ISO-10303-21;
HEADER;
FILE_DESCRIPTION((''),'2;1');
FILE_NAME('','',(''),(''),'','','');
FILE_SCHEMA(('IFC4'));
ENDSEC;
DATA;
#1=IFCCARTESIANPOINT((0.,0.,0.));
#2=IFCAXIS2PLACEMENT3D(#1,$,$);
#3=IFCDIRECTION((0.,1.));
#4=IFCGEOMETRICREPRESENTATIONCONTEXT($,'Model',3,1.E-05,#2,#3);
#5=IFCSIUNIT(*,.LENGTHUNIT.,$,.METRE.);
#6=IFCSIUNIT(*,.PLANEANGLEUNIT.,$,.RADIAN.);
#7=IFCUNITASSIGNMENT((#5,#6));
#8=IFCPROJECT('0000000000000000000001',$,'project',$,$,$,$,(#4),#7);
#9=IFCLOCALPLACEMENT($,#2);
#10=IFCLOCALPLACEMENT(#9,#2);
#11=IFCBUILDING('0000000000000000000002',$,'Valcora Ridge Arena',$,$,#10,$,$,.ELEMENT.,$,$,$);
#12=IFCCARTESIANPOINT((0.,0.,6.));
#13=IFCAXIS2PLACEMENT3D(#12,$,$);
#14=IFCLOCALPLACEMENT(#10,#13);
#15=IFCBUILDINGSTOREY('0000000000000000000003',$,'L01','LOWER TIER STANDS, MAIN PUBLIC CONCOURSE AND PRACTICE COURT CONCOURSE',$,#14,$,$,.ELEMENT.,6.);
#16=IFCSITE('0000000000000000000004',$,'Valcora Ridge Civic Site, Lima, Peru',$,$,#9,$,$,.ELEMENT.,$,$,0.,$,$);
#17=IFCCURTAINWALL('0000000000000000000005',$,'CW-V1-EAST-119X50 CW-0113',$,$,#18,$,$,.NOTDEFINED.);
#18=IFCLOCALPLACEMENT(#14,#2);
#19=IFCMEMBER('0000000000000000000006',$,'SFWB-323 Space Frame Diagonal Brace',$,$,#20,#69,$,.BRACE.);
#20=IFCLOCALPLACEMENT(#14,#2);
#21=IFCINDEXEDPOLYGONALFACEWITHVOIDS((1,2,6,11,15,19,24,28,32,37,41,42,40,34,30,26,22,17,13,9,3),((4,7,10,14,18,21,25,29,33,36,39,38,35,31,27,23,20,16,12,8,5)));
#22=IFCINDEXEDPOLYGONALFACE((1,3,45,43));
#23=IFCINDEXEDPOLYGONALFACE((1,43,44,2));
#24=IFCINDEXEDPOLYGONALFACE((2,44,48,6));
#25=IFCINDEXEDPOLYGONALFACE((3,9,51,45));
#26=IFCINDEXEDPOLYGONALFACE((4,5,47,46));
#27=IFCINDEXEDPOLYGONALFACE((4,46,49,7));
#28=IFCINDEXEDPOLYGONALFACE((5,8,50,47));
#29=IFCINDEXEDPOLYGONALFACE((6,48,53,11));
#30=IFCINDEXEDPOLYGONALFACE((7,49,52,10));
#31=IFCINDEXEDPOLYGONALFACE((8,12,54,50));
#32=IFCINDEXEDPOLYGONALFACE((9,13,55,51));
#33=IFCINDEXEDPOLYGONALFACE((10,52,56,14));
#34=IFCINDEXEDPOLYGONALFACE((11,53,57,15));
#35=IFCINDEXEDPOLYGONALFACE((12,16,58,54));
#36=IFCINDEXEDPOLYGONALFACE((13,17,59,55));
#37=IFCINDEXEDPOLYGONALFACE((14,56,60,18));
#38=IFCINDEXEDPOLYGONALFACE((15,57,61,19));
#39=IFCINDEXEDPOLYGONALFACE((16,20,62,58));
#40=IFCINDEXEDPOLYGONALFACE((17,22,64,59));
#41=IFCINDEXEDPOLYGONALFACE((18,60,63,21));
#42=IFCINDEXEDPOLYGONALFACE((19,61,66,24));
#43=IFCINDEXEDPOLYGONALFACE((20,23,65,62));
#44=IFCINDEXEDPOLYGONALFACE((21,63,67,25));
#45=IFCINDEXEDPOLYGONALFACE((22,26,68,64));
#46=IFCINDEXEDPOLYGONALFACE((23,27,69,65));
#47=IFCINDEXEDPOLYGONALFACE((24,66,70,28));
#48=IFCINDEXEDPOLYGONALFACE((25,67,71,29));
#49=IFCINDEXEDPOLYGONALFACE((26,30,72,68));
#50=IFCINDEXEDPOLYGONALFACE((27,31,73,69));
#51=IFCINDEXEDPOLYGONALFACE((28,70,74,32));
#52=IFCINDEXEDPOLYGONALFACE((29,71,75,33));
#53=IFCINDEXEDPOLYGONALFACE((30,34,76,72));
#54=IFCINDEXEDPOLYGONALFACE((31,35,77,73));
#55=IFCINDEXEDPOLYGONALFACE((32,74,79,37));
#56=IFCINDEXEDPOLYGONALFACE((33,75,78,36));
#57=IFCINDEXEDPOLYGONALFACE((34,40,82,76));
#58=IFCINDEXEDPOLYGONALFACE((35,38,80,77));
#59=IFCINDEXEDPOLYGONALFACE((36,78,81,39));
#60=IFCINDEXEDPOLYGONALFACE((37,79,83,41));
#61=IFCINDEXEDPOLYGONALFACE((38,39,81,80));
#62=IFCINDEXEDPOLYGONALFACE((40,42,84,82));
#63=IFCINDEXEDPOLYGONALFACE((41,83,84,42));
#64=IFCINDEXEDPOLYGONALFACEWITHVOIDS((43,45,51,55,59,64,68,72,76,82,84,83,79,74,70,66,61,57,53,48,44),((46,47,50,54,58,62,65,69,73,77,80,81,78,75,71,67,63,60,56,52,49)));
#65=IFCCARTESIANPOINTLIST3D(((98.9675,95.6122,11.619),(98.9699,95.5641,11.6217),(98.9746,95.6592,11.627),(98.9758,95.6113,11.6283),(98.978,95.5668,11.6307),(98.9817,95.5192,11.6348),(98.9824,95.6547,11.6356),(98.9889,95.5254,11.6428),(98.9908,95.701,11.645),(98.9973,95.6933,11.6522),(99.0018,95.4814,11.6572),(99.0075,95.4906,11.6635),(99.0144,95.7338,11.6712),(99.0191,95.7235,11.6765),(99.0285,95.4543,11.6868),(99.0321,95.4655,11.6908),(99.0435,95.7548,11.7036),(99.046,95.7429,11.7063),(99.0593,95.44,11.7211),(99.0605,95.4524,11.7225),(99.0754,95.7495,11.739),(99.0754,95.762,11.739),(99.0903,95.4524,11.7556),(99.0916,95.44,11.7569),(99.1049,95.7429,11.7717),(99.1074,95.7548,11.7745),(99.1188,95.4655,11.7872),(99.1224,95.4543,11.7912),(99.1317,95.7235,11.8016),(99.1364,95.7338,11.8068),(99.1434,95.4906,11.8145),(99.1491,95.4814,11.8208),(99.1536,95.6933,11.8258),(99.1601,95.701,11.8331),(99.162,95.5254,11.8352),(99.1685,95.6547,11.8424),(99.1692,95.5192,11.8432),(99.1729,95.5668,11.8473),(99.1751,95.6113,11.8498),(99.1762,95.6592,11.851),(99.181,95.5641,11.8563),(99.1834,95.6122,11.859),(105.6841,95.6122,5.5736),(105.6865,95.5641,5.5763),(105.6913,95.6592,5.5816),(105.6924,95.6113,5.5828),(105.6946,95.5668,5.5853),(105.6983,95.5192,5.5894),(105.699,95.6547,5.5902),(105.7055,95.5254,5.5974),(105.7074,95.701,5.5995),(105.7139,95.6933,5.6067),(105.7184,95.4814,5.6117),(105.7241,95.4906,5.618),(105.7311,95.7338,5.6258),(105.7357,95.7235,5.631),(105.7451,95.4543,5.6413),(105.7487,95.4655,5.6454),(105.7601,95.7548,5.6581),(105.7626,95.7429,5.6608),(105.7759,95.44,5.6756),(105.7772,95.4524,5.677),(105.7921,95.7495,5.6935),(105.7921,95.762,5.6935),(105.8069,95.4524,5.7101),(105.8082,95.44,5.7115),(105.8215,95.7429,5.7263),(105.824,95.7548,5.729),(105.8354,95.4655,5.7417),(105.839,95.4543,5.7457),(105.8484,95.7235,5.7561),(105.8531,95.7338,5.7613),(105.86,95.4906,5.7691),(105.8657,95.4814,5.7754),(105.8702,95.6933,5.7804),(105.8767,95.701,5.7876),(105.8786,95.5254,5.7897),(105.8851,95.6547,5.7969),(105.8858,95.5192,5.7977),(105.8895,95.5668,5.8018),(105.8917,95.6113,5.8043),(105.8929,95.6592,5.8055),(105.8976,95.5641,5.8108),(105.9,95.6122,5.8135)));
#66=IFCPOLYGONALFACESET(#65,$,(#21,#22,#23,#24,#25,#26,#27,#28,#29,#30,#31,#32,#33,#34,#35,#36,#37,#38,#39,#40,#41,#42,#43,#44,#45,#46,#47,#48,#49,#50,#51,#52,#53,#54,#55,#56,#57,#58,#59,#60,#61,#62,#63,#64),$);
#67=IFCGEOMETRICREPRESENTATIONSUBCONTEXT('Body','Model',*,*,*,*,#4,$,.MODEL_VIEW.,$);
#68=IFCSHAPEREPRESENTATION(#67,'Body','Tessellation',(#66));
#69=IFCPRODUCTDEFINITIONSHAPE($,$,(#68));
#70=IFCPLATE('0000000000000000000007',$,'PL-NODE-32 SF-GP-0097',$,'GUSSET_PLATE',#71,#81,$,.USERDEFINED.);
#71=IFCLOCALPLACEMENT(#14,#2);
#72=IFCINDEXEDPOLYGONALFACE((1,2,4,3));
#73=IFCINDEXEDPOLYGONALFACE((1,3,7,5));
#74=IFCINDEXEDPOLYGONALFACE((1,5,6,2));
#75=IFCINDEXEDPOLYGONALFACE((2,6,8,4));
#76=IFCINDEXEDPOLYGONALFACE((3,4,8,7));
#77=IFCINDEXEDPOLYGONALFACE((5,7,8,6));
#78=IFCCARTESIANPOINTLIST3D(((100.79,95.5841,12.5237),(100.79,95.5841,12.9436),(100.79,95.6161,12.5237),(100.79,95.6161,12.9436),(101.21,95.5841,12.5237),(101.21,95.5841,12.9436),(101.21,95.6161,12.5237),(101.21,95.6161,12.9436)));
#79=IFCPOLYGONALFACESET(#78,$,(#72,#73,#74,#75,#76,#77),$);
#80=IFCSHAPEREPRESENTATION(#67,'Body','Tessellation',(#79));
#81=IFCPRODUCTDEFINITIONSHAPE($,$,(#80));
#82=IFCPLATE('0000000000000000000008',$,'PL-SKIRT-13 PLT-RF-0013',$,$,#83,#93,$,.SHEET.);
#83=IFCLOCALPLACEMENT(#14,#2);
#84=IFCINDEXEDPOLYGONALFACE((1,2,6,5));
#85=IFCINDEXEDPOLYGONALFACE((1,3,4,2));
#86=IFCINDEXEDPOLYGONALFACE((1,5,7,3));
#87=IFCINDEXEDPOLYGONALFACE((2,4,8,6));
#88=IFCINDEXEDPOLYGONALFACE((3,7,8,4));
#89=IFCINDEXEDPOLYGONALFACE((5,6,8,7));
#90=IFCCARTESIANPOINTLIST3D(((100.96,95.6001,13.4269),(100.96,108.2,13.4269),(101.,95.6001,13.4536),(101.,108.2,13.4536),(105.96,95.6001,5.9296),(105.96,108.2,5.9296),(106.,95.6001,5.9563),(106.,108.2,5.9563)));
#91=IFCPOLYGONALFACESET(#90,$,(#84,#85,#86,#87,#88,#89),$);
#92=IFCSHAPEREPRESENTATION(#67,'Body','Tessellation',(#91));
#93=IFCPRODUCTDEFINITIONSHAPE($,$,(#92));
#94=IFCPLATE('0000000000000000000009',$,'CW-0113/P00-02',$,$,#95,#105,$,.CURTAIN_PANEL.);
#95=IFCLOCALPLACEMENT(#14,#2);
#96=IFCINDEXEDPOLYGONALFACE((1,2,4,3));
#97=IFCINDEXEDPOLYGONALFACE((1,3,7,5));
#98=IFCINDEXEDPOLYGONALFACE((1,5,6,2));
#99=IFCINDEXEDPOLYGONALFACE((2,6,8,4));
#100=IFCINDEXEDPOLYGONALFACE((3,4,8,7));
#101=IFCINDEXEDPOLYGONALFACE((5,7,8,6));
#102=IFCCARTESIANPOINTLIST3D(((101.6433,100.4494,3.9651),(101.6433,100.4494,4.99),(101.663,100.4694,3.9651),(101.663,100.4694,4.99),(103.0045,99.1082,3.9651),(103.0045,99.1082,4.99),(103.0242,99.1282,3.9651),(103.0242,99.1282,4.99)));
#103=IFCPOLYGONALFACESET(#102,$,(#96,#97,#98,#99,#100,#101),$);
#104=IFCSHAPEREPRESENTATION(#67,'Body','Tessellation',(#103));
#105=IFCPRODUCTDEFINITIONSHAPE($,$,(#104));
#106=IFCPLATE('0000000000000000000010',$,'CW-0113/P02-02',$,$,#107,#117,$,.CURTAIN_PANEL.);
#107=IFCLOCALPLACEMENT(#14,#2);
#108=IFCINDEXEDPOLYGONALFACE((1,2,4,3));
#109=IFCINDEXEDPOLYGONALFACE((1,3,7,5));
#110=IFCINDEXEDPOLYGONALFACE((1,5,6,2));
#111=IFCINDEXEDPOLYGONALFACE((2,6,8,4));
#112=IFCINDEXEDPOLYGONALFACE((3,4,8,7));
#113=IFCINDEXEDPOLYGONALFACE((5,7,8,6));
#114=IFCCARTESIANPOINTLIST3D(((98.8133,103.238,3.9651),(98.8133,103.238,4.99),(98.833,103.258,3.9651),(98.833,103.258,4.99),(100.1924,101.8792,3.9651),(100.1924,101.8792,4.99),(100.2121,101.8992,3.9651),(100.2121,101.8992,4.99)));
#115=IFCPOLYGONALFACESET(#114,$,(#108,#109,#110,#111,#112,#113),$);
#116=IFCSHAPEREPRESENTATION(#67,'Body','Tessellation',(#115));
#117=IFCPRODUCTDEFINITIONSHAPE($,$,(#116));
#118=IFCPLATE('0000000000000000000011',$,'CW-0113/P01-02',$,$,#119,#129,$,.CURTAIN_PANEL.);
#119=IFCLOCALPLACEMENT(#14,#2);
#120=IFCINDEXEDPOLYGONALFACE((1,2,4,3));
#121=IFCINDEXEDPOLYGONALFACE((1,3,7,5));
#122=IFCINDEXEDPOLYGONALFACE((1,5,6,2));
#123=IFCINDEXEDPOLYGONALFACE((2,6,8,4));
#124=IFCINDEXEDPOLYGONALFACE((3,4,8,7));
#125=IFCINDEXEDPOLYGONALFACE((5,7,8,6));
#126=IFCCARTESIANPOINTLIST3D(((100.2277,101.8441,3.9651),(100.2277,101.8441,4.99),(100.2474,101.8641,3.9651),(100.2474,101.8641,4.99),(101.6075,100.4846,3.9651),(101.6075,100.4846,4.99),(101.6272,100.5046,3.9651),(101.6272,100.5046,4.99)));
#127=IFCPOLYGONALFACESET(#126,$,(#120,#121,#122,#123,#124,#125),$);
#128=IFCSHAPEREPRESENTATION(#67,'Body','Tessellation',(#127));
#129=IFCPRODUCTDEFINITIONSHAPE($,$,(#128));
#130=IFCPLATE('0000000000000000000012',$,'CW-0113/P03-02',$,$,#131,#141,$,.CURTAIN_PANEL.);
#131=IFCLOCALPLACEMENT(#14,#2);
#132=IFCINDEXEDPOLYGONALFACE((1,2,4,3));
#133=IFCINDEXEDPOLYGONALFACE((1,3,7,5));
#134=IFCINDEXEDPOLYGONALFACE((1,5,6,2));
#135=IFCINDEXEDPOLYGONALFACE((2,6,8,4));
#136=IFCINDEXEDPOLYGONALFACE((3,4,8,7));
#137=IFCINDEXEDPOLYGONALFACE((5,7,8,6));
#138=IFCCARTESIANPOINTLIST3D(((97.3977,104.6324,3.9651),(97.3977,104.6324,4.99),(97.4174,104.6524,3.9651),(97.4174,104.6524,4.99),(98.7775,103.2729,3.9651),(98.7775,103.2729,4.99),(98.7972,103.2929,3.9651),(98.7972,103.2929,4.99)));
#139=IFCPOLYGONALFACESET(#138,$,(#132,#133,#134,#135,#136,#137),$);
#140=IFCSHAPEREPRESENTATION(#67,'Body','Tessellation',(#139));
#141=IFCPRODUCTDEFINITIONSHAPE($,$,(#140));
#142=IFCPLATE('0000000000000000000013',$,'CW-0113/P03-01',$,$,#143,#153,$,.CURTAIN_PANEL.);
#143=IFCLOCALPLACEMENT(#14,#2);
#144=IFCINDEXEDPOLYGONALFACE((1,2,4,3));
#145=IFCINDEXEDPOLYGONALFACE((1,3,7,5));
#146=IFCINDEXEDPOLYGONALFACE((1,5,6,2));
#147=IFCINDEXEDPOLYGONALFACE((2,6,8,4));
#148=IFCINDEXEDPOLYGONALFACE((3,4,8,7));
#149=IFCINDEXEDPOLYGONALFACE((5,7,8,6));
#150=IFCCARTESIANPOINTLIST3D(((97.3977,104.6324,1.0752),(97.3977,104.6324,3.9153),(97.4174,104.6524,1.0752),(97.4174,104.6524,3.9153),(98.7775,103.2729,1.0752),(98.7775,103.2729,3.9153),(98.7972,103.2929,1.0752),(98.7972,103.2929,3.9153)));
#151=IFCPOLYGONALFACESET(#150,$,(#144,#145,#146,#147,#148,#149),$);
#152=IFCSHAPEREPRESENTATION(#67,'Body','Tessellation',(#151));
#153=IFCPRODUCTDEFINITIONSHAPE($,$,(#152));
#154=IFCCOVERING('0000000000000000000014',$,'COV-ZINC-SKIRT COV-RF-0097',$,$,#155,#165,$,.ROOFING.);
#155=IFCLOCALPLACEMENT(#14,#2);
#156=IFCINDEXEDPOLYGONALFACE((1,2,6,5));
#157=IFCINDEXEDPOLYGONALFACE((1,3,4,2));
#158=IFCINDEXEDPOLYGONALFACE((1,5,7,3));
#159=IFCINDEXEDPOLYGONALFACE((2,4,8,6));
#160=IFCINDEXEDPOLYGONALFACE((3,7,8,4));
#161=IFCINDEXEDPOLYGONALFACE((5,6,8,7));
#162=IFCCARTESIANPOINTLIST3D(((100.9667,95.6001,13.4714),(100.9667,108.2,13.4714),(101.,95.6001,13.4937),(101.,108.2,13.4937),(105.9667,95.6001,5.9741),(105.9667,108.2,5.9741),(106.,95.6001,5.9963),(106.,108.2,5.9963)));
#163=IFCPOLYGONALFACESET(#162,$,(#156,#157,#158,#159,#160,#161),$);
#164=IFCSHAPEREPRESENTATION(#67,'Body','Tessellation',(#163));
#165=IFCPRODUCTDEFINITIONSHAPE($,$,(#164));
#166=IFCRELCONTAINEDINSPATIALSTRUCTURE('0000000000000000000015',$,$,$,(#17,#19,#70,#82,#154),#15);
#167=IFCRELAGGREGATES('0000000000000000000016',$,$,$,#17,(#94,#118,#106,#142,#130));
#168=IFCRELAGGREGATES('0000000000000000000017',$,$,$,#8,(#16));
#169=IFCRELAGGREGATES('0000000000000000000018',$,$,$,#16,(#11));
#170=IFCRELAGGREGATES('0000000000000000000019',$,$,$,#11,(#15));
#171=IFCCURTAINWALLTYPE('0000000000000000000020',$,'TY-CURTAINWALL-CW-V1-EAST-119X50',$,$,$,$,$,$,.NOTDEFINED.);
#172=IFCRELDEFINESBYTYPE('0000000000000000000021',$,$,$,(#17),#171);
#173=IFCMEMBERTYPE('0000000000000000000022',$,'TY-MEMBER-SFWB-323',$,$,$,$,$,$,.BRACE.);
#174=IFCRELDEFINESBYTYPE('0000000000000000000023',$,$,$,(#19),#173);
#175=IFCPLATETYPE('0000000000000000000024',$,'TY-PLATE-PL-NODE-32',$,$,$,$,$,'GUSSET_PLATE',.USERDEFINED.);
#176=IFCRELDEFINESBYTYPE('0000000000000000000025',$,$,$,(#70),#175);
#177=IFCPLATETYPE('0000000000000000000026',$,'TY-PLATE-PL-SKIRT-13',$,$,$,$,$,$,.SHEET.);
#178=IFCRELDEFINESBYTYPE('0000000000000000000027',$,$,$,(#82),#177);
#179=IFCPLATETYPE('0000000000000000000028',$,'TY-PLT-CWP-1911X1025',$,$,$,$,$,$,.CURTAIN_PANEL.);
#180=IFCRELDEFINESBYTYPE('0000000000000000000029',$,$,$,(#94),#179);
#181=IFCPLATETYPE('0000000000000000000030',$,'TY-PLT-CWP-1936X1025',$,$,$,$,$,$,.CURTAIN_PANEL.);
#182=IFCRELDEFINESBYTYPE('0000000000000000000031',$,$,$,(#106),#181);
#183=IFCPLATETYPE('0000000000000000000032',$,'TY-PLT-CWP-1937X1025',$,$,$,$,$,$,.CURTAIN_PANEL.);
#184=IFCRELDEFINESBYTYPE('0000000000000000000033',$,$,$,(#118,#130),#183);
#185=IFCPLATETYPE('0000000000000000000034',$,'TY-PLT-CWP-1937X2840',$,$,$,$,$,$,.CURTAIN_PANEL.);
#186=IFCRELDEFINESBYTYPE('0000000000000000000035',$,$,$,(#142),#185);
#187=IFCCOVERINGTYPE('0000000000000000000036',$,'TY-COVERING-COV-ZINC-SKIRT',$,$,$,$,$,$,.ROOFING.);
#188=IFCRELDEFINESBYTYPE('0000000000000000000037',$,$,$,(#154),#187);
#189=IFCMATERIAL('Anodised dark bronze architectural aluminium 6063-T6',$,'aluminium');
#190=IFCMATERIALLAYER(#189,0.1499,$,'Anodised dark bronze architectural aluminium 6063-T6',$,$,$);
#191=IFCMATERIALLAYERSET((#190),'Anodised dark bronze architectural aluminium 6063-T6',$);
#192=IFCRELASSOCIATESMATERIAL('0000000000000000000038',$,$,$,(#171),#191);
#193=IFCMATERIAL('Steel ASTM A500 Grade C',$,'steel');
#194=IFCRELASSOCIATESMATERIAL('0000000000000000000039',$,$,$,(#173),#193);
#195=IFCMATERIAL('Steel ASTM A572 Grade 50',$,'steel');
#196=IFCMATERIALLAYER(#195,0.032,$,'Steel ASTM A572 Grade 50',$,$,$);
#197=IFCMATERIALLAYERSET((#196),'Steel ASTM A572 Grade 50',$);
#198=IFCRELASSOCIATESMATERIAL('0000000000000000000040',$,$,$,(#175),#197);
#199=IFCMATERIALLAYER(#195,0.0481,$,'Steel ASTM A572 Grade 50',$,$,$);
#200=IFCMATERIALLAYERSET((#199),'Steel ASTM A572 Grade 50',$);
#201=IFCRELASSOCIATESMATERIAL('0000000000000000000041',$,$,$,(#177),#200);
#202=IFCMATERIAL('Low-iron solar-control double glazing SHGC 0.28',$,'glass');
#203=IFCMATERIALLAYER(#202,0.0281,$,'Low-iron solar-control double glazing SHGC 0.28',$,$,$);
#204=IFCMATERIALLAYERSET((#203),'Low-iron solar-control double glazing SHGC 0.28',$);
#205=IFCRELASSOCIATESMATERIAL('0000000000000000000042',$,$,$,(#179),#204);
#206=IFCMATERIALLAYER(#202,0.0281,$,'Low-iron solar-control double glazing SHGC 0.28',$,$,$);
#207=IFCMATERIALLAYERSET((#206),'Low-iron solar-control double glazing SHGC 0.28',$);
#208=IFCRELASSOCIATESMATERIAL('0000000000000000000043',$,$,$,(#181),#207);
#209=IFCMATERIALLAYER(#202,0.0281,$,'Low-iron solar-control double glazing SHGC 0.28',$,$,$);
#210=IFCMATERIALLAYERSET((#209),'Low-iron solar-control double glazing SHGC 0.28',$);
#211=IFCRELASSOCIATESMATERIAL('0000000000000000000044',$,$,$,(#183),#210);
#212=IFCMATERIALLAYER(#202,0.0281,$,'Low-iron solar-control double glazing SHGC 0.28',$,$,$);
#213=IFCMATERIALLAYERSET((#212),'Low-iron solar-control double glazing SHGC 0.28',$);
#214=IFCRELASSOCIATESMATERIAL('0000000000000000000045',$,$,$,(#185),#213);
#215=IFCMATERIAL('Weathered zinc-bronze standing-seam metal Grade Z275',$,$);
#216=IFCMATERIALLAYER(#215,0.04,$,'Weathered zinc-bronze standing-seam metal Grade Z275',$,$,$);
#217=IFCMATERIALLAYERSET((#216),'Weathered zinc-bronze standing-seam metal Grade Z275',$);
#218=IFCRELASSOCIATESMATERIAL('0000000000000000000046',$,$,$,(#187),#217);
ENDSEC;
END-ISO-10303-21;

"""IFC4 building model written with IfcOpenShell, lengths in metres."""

from ifc_helpers import new_model, si_unit, direction, frame, origin, origin_2d, place, context, subcontext, project, spatial, polyline, rectangle, hollow_circle, outline, extrude, material, layer, layer_set, material_profile, profile_set, type_object, element, aggregate, save


model = new_model("IFC4")

# Units and contexts
model_context = context("Model", 3, precision=1e-05, world=origin(), true_north=direction((0.0, 1.0)))
body_context = subcontext(model_context, "Body", "Model", "MODEL_VIEW")
ifc_project = project(units=[si_unit("LENGTHUNIT", "METRE"), si_unit("PLANEANGLEUNIT", "RADIAN")], contexts=[model_context])

# Site, building, storey
site_placement = place(None, origin())
site = spatial("IfcSite", under=ifc_project, at=site_placement, Name="Valcora Ridge Civic Site, Lima, Peru", CompositionType="ELEMENT", RefElevation=0.0)
building_placement = place(site_placement, origin())
building = spatial("IfcBuilding", under=site, at=building_placement, Name="Valcora Ridge Arena", CompositionType="ELEMENT")
storey_placement = place(building_placement, frame((0.0, 0.0, 6.0)))
storey = spatial("IfcBuildingStorey", under=building, at=storey_placement, Name="L01", Description="LOWER TIER STANDS, MAIN PUBLIC CONCOURSE AND PRACTICE COURT CONCOURSE", CompositionType="ELEMENT", Elevation=6.0)

# Curtain wall
ifc_material_1 = material(Name="Anodised dark bronze architectural aluminium 6063-T6", Category="aluminium")
ifc_layer_1 = layer(ifc_material_1, 0.1499, Name="Anodised dark bronze architectural aluminium 6063-T6")
ifc_layer_set_1 = layer_set([ifc_layer_1], Name="Anodised dark bronze architectural aluminium 6063-T6")
curtain_wall_type = type_object("IfcCurtainWallType", Name="TY-CURTAINWALL-CW-V1-EAST-119X50", PredefinedType="NOTDEFINED", material=ifc_layer_set_1)
curtain_wall_placement = place(storey_placement, origin())
curtain_wall = element("IfcCurtainWall", 1, at=curtain_wall_placement, inside=storey, type_object=curtain_wall_type, Name="CW-V1-EAST-119X50 CW-0113", PredefinedType="NOTDEFINED")

# Member
ifc_material_2 = material(Name="Steel ASTM A500 Grade C", Category="steel")
ifc_material_profile_1 = material_profile(ifc_material_2, hollow_circle(Radius=0.1619, WallThickness=0.0125, at=origin_2d()), Name="CHS323X12")
ifc_profile_set_1 = profile_set([ifc_material_profile_1], Name="Steel ASTM A500 Grade C")
member_type_1 = type_object("IfcMemberType", Name="TY-MEMBER-SFWB-323", PredefinedType="BRACE", material=ifc_profile_set_1)
member_1_placement = place(storey_placement, frame((99.0754, 95.6001, 11.739), z_axis=(0.743266, 0.0, -0.668996), x_axis=(0.0, 1.0, 0.0)))
element("IfcMember", 2, at=member_1_placement, inside=storey, type_object=member_type_1, Name="SFWB-323 Space Frame Diagonal Brace", PredefinedType="BRACE", context=body_context, shape_type="SweptSolid", body=[
    extrude(hollow_circle(Radius=0.1619, WallThickness=0.0125, at=origin_2d()), origin(), (0.0, 0.0, 1.0), 9.0366),
])

# Plates
ifc_material_3 = material(Name="Steel ASTM A572 Grade 50", Category="steel")
ifc_layer_2 = layer(ifc_material_3, 0.032, Name="Steel ASTM A572 Grade 50")
ifc_layer_set_2 = layer_set([ifc_layer_2], Name="Steel ASTM A572 Grade 50")
plate_type_1 = type_object("IfcPlateType", Name="TY-PLATE-PL-NODE-32", ElementType="GUSSET_PLATE", PredefinedType="USERDEFINED", material=ifc_layer_set_2)
plate_1_placement = place(storey_placement, frame((101.0, 95.6001, 12.5237), z_axis=(0.0, 0.0, 1.0), x_axis=(1.0, 0.0, 0.0)))
element("IfcPlate", 3, at=plate_1_placement, inside=storey, type_object=plate_type_1, Name="PL-NODE-32 SF-GP-0097", ObjectType="GUSSET_PLATE", PredefinedType="USERDEFINED", context=body_context, shape_type="SweptSolid", body=[
    extrude(rectangle(XDim=0.4199, YDim=0.032, at=origin_2d()), origin(), (0.0, 0.0, 1.0), 0.4199),
])
ifc_layer_3 = layer(ifc_material_3, 0.0481, Name="Steel ASTM A572 Grade 50")
ifc_layer_set_3 = layer_set([ifc_layer_3], Name="Steel ASTM A572 Grade 50")
plate_type_2 = type_object("IfcPlateType", Name="TY-PLATE-PL-SKIRT-13", PredefinedType="SHEET", material=ifc_layer_set_3)
plate_2_placement = place(storey_placement, frame((101.0, 95.6001, 13.4536), z_axis=(0.831959, 0.0, 0.554838), x_axis=(0.554838, 0.0, -0.831959)))
element("IfcPlate", 4, at=plate_2_placement, inside=storey, type_object=plate_type_2, Name="PL-SKIRT-13 PLT-RF-0013", PredefinedType="SHEET", context=body_context, shape_type="SweptSolid", body=[
    extrude(outline(polyline([(0.0, 0.0), (9.0116, 0.0), (9.0116, 12.5999), (0.0, 12.5999), (0.0, 0.0)])), origin(), (0.0, 0.0, -1.0), 0.0481),
])

# Plates
ifc_material_4 = material(Name="Low-iron solar-control double glazing SHGC 0.28", Category="glass")
ifc_layer_4 = layer(ifc_material_4, 0.0281, Name="Low-iron solar-control double glazing SHGC 0.28")
ifc_layer_set_4 = layer_set([ifc_layer_4], Name="Low-iron solar-control double glazing SHGC 0.28")
plate_type_3 = type_object("IfcPlateType", Name="TY-PLT-CWP-1911X1025", PredefinedType="CURTAIN_PANEL", material=ifc_layer_set_4)
plate_3_placement = place(storey_placement, frame((102.3337, 99.7888, 3.9651), z_axis=(0.0, 0.0, 1.0), x_axis=(-0.712327, 0.701847, 0.0)))
plate_3 = element("IfcPlate", 5, at=plate_3_placement, type_object=plate_type_3, Name="CW-0113/P00-02", PredefinedType="CURTAIN_PANEL", context=body_context, shape_type="SweptSolid", body=[
    extrude(rectangle(XDim=1.9109, YDim=0.0281, at=origin_2d()), origin(), (0.0, 0.0, 1.0), 1.0249),
])
ifc_layer_5 = layer(ifc_material_4, 0.0281, Name="Low-iron solar-control double glazing SHGC 0.28")
ifc_layer_set_5 = layer_set([ifc_layer_5], Name="Low-iron solar-control double glazing SHGC 0.28")
plate_type_4 = type_object("IfcPlateType", Name="TY-PLT-CWP-1936X1025", PredefinedType="CURTAIN_PANEL", material=ifc_layer_set_5)
plate_4_placement = place(storey_placement, frame((99.5127, 102.5686, 3.9651), z_axis=(0.0, 0.0, 1.0), x_axis=(-0.712327, 0.701847, 0.0)))
plate_4 = element("IfcPlate", 6, at=plate_4_placement, type_object=plate_type_4, Name="CW-0113/P02-02", PredefinedType="CURTAIN_PANEL", context=body_context, shape_type="SweptSolid", body=[
    extrude(rectangle(XDim=1.936, YDim=0.0281, at=origin_2d()), origin(), (0.0, 0.0, 1.0), 1.0249),
])
ifc_layer_6 = layer(ifc_material_4, 0.0281, Name="Low-iron solar-control double glazing SHGC 0.28")
ifc_layer_set_6 = layer_set([ifc_layer_6], Name="Low-iron solar-control double glazing SHGC 0.28")
plate_type_5 = type_object("IfcPlateType", Name="TY-PLT-CWP-1937X1025", PredefinedType="CURTAIN_PANEL", material=ifc_layer_set_6)
plate_5_placement = place(storey_placement, frame((100.9275, 101.1743, 3.9651), z_axis=(0.0, 0.0, 1.0), x_axis=(-0.712327, 0.701847, 0.0)))
plate_5 = element("IfcPlate", 7, at=plate_5_placement, type_object=plate_type_5, Name="CW-0113/P01-02", PredefinedType="CURTAIN_PANEL", context=body_context, shape_type="SweptSolid", body=[
    extrude(rectangle(XDim=1.937, YDim=0.0281, at=origin_2d()), origin(), (0.0, 0.0, 1.0), 1.0249),
])
plate_6_placement = place(storey_placement, frame((98.0974, 103.9626, 3.9651), z_axis=(0.0, 0.0, 1.0), x_axis=(-0.712327, 0.701847, 0.0)))
plate_6 = element("IfcPlate", 8, at=plate_6_placement, type_object=plate_type_5, Name="CW-0113/P03-02", PredefinedType="CURTAIN_PANEL", context=body_context, shape_type="SweptSolid", body=[
    extrude(rectangle(XDim=1.937, YDim=0.0281, at=origin_2d()), origin(), (0.0, 0.0, 1.0), 1.0249),
])
ifc_layer_7 = layer(ifc_material_4, 0.0281, Name="Low-iron solar-control double glazing SHGC 0.28")
ifc_layer_set_7 = layer_set([ifc_layer_7], Name="Low-iron solar-control double glazing SHGC 0.28")
plate_type_6 = type_object("IfcPlateType", Name="TY-PLT-CWP-1937X2840", PredefinedType="CURTAIN_PANEL", material=ifc_layer_set_7)
plate_7_placement = place(storey_placement, frame((98.0974, 103.9626, 1.0752), z_axis=(0.0, 0.0, 1.0), x_axis=(-0.712327, 0.701847, 0.0)))
plate_7 = element("IfcPlate", 9, at=plate_7_placement, type_object=plate_type_6, Name="CW-0113/P03-01", PredefinedType="CURTAIN_PANEL", context=body_context, shape_type="SweptSolid", body=[
    extrude(rectangle(XDim=1.937, YDim=0.0281, at=origin_2d()), origin(), (0.0, 0.0, 1.0), 2.8401),
])
aggregate(curtain_wall, [plate_3, plate_5, plate_4, plate_7, plate_6])

# Covering
ifc_material_5 = material(Name="Weathered zinc-bronze standing-seam metal Grade Z275")
ifc_layer_8 = layer(ifc_material_5, 0.04, Name="Weathered zinc-bronze standing-seam metal Grade Z275")
ifc_layer_set_8 = layer_set([ifc_layer_8], Name="Weathered zinc-bronze standing-seam metal Grade Z275")
covering_type = type_object("IfcCoveringType", Name="TY-COVERING-COV-ZINC-SKIRT", PredefinedType="ROOFING", material=ifc_layer_set_8)
covering_placement = place(storey_placement, frame((101.0, 95.6001, 13.4937), z_axis=(0.831959, 0.0, 0.554838), x_axis=(0.554838, 0.0, -0.831959)))
element("IfcCovering", 10, at=covering_placement, inside=storey, type_object=covering_type, Name="COV-ZINC-SKIRT COV-RF-0097", PredefinedType="ROOFING", context=body_context, shape_type="SweptSolid", body=[
    extrude(outline(polyline([(0.0, 0.0), (9.0116, 0.0), (9.0116, 12.5999), (0.0, 12.5999), (0.0, 0.0)])), origin(), (0.0, 0.0, -1.0), 0.04),
])

save(model, "model.ifc")
